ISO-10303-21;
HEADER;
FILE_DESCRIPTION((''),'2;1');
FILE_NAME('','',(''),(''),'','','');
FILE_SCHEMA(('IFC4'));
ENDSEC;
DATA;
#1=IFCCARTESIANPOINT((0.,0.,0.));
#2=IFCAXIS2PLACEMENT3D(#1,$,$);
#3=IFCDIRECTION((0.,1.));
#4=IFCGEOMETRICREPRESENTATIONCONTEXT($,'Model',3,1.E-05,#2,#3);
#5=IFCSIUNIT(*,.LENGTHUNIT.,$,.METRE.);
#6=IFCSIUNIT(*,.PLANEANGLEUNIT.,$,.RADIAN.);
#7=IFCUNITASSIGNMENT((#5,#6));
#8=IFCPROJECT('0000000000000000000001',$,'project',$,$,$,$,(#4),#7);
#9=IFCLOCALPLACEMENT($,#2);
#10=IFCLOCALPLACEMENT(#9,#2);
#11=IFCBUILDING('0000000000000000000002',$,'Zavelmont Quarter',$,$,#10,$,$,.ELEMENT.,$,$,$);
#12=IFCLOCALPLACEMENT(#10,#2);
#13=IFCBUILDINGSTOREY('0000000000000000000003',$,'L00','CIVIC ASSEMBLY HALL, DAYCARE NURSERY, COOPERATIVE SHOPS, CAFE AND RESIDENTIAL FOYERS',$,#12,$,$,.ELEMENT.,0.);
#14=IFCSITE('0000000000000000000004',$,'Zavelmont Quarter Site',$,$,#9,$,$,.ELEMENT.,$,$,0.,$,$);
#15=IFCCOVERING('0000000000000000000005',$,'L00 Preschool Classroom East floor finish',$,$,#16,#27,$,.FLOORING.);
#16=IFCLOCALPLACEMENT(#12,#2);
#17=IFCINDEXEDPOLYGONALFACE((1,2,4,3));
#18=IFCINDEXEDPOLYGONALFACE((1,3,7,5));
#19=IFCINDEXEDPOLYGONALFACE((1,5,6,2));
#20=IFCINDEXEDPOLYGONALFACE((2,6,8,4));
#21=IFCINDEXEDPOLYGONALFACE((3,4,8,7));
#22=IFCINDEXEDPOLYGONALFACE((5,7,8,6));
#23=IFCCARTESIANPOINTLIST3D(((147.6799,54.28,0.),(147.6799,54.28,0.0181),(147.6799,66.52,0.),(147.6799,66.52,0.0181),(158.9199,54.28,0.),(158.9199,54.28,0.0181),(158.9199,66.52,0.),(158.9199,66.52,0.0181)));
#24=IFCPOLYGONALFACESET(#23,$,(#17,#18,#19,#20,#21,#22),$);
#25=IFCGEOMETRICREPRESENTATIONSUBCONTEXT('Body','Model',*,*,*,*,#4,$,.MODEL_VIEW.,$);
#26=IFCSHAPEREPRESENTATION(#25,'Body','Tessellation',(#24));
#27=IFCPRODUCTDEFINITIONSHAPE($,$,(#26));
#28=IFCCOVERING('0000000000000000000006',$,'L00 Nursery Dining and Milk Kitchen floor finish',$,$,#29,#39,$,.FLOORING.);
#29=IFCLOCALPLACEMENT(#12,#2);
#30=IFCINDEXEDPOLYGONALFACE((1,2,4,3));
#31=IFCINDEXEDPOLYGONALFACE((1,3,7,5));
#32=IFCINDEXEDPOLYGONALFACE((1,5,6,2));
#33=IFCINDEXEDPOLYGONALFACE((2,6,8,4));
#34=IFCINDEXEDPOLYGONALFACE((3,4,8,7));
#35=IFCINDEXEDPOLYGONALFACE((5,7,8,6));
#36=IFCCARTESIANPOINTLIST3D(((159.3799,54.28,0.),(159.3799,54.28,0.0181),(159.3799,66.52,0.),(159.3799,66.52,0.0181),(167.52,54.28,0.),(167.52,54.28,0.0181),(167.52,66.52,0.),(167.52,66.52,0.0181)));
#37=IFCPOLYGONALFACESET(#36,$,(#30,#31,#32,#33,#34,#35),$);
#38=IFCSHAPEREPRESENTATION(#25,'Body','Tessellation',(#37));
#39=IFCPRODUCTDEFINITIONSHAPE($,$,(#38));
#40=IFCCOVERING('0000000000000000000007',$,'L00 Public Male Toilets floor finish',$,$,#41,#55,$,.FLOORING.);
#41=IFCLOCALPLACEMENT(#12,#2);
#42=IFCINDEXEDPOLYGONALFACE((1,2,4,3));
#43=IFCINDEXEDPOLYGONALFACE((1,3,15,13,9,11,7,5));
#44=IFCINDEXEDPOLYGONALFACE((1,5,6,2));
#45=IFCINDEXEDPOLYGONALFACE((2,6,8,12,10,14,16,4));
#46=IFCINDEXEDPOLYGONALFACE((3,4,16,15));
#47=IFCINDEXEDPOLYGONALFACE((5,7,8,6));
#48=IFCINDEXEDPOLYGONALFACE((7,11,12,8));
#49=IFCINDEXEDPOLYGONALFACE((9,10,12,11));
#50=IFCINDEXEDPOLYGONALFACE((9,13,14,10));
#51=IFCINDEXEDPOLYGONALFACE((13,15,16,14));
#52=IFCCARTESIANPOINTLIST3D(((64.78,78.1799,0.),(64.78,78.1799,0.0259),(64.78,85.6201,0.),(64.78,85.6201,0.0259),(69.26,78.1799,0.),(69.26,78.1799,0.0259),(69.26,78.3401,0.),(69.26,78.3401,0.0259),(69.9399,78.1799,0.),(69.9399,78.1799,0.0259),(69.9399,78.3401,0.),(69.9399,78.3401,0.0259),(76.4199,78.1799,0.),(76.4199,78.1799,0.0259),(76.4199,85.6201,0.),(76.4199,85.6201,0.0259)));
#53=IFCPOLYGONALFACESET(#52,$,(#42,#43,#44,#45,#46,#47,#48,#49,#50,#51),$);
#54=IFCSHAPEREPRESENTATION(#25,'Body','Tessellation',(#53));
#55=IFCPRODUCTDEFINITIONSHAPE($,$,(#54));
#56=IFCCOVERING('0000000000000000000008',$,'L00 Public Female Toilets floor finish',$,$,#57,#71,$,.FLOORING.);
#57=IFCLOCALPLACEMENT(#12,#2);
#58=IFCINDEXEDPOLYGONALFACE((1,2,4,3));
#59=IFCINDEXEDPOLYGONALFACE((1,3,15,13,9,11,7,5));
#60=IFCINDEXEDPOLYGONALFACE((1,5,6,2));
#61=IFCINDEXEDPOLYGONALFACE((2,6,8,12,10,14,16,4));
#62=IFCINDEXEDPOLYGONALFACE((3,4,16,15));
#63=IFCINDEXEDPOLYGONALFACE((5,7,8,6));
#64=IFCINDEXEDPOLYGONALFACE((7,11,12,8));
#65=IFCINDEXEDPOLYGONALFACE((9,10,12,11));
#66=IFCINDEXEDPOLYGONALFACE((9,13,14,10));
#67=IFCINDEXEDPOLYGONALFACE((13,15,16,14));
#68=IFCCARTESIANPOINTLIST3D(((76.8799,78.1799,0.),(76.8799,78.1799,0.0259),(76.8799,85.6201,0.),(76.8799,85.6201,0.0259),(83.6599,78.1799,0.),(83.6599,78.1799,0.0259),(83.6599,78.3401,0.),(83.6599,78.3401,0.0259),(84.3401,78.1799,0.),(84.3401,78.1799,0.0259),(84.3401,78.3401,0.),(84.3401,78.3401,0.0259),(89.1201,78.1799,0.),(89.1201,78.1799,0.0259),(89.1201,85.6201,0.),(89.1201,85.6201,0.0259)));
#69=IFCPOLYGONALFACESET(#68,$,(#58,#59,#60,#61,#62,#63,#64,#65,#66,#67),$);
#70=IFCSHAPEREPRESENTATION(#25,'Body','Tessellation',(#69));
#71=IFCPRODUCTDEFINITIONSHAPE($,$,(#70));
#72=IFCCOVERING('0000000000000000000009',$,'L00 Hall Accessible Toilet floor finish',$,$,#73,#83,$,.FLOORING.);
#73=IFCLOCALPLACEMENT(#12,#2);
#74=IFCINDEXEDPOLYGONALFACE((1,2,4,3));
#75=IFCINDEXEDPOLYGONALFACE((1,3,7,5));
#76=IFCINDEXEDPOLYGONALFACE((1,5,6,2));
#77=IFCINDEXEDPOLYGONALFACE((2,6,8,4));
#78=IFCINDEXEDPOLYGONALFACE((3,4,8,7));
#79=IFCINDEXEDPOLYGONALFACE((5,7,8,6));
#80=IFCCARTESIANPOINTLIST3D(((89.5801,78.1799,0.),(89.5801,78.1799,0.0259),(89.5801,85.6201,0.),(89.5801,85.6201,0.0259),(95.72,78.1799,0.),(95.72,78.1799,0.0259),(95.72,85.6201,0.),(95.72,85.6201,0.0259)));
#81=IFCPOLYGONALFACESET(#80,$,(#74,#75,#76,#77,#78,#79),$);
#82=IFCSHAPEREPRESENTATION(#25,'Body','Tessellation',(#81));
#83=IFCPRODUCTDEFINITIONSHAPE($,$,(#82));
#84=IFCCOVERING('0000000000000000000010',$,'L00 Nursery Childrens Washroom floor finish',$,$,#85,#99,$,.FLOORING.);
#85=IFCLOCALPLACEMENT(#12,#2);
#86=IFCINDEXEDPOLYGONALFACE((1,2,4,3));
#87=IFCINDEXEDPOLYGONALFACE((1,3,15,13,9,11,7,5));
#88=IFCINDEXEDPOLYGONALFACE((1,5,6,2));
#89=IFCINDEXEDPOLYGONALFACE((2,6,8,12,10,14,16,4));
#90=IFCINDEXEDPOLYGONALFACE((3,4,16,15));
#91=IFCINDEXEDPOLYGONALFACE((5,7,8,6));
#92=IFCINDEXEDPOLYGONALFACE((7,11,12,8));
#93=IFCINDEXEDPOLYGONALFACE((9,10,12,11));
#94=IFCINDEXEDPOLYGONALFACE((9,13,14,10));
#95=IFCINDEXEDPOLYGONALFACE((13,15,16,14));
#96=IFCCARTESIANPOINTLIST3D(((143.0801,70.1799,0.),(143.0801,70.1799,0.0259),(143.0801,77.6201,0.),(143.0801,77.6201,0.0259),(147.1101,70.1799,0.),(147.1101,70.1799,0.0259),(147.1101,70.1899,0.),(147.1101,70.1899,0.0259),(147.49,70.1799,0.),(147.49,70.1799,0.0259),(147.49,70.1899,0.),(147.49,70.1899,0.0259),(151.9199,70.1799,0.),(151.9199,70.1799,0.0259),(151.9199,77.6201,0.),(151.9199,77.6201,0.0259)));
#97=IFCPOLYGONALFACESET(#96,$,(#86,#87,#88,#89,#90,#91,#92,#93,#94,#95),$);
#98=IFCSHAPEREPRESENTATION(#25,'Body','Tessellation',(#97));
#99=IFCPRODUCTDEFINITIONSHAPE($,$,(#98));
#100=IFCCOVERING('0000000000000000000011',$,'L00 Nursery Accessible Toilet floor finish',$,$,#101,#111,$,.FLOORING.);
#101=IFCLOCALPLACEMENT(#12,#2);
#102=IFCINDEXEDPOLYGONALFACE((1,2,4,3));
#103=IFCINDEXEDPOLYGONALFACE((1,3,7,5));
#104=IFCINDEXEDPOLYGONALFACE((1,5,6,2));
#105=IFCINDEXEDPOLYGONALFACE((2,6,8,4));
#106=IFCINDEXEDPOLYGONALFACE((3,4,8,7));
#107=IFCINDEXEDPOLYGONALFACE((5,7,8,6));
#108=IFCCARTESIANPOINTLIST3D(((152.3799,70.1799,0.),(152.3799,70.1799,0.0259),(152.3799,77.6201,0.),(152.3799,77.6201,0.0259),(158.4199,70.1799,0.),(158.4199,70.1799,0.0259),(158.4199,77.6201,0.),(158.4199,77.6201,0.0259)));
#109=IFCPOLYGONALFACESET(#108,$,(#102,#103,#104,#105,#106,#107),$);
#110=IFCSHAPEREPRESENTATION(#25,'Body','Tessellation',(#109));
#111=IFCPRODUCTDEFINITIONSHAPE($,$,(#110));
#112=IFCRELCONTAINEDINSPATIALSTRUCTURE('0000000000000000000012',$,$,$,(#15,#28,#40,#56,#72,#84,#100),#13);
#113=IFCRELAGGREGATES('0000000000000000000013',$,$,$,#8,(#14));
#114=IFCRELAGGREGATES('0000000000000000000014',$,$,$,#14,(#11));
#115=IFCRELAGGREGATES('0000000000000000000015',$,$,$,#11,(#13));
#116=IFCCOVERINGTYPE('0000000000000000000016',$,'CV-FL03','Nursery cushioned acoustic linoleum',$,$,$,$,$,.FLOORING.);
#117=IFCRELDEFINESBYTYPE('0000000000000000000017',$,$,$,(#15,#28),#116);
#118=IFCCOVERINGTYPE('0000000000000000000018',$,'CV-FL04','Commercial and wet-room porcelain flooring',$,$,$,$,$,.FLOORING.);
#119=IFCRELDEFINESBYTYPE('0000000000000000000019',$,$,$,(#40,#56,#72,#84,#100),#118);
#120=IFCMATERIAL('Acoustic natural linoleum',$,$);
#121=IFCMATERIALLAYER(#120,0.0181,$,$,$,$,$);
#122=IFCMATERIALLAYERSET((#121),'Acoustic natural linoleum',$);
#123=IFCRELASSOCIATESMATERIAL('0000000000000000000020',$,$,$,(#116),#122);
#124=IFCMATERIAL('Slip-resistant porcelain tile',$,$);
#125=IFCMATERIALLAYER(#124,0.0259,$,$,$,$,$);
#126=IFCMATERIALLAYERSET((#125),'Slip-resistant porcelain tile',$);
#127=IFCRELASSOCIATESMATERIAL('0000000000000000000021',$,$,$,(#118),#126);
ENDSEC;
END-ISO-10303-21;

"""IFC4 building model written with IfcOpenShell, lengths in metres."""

from ifc_helpers import new_model, si_unit, direction, origin, place, context, subcontext, project, spatial, polyline, outline, extrude, material, layer, layer_set, type_object, element, save


model = new_model("IFC4")

# Units and contexts
model_context = context("Model", 3, precision=1e-05, world=origin(), true_north=direction((0.0, 1.0)))
body_context = subcontext(model_context, "Body", "Model", "MODEL_VIEW")
ifc_project = project(units=[si_unit("LENGTHUNIT", "METRE"), si_unit("PLANEANGLEUNIT", "RADIAN")], contexts=[model_context])

# Site, building, storey
site_placement = place(None, origin())
site = spatial("IfcSite", under=ifc_project, at=site_placement, Name="Zavelmont Quarter Site", CompositionType="ELEMENT", RefElevation=0.0)
building_placement = place(site_placement, origin())
building = spatial("IfcBuilding", under=site, at=building_placement, Name="Zavelmont Quarter", CompositionType="ELEMENT")
storey_placement = place(building_placement, origin())
storey = spatial("IfcBuildingStorey", under=building, at=storey_placement, Name="L00", Description="CIVIC ASSEMBLY HALL, DAYCARE NURSERY, COOPERATIVE SHOPS, CAFE AND RESIDENTIAL FOYERS", CompositionType="ELEMENT", Elevation=0.0)

# Coverings
ifc_material_1 = material(Name="Acoustic natural linoleum")
ifc_layer_1 = layer(ifc_material_1, 0.0181)
ifc_layer_set_1 = layer_set([ifc_layer_1], Name="Acoustic natural linoleum")
covering_type_1 = type_object("IfcCoveringType", Name="CV-FL03", Description="Nursery cushioned acoustic linoleum", PredefinedType="FLOORING", material=ifc_layer_set_1)
covering_1_placement = place(storey_placement, origin())
element("IfcCovering", 1, at=covering_1_placement, inside=storey, type_object=covering_type_1, Name="L00 Preschool Classroom East floor finish", PredefinedType="FLOORING", context=body_context, shape_type="SweptSolid", body=[
    extrude(outline(polyline([(147.6799, 66.52), (158.9199, 66.52), (158.9199, 54.28), (147.6799, 54.28), (147.6799, 66.52)])), origin(), (0.0, 0.0, 1.0), 0.0181),
])
covering_2_placement = place(storey_placement, origin())
element("IfcCovering", 2, at=covering_2_placement, inside=storey, type_object=covering_type_1, Name="L00 Nursery Dining and Milk Kitchen floor finish", PredefinedType="FLOORING", context=body_context, shape_type="SweptSolid", body=[
    extrude(outline(polyline([(159.3799, 66.52), (167.52, 66.52), (167.52, 54.28), (159.3799, 54.28), (159.3799, 66.52)])), origin(), (0.0, 0.0, 1.0), 0.0181),
])
ifc_material_2 = material(Name="Slip-resistant porcelain tile")
ifc_layer_2 = layer(ifc_material_2, 0.0259)
ifc_layer_set_2 = layer_set([ifc_layer_2], Name="Slip-resistant porcelain tile")
covering_type_2 = type_object("IfcCoveringType", Name="CV-FL04", Description="Commercial and wet-room porcelain flooring", PredefinedType="FLOORING", material=ifc_layer_set_2)
covering_3_placement = place(storey_placement, origin())
element("IfcCovering", 3, at=covering_3_placement, inside=storey, type_object=covering_type_2, Name="L00 Public Male Toilets floor finish", PredefinedType="FLOORING", context=body_context, shape_type="SweptSolid", body=[
    extrude(outline(polyline([(64.78, 85.6201), (76.4199, 85.6201), (76.4199, 78.1799), (69.9399, 78.1799), (69.9399, 78.3401), (69.26, 78.3401), (69.26, 78.1799), (64.78, 78.1799), (64.78, 85.6201)])), origin(), (0.0, 0.0, 1.0), 0.0259),
])
covering_4_placement = place(storey_placement, origin())
element("IfcCovering", 4, at=covering_4_placement, inside=storey, type_object=covering_type_2, Name="L00 Public Female Toilets floor finish", PredefinedType="FLOORING", context=body_context, shape_type="SweptSolid", body=[
    extrude(outline(polyline([(76.8799, 85.6201), (89.1201, 85.6201), (89.1201, 78.1799), (84.3401, 78.1799), (84.3401, 78.3401), (83.6599, 78.3401), (83.6599, 78.1799), (76.8799, 78.1799), (76.8799, 85.6201)])), origin(), (0.0, 0.0, 1.0), 0.0259),
])
covering_5_placement = place(storey_placement, origin())
element("IfcCovering", 5, at=covering_5_placement, inside=storey, type_object=covering_type_2, Name="L00 Hall Accessible Toilet floor finish", PredefinedType="FLOORING", context=body_context, shape_type="SweptSolid", body=[
    extrude(outline(polyline([(89.5801, 85.6201), (95.72, 85.6201), (95.72, 78.1799), (89.5801, 78.1799), (89.5801, 85.6201)])), origin(), (0.0, 0.0, 1.0), 0.0259),
])
covering_6_placement = place(storey_placement, origin())
element("IfcCovering", 6, at=covering_6_placement, inside=storey, type_object=covering_type_2, Name="L00 Nursery Childrens Washroom floor finish", PredefinedType="FLOORING", context=body_context, shape_type="SweptSolid", body=[
    extrude(outline(polyline([(143.0801, 77.6201), (151.9199, 77.6201), (151.9199, 70.1799), (147.49, 70.1799), (147.49, 70.1899), (147.1101, 70.1899), (147.1101, 70.1799), (143.0801, 70.1799), (143.0801, 77.6201)])), origin(), (0.0, 0.0, 1.0), 0.0259),
])
covering_7_placement = place(storey_placement, origin())
element("IfcCovering", 7, at=covering_7_placement, inside=storey, type_object=covering_type_2, Name="L00 Nursery Accessible Toilet floor finish", PredefinedType="FLOORING", context=body_context, shape_type="SweptSolid", body=[
    extrude(outline(polyline([(152.3799, 77.6201), (158.4199, 77.6201), (158.4199, 70.1799), (152.3799, 70.1799), (152.3799, 77.6201)])), origin(), (0.0, 0.0, 1.0), 0.0259),
])

save(model, "model.ifc")
